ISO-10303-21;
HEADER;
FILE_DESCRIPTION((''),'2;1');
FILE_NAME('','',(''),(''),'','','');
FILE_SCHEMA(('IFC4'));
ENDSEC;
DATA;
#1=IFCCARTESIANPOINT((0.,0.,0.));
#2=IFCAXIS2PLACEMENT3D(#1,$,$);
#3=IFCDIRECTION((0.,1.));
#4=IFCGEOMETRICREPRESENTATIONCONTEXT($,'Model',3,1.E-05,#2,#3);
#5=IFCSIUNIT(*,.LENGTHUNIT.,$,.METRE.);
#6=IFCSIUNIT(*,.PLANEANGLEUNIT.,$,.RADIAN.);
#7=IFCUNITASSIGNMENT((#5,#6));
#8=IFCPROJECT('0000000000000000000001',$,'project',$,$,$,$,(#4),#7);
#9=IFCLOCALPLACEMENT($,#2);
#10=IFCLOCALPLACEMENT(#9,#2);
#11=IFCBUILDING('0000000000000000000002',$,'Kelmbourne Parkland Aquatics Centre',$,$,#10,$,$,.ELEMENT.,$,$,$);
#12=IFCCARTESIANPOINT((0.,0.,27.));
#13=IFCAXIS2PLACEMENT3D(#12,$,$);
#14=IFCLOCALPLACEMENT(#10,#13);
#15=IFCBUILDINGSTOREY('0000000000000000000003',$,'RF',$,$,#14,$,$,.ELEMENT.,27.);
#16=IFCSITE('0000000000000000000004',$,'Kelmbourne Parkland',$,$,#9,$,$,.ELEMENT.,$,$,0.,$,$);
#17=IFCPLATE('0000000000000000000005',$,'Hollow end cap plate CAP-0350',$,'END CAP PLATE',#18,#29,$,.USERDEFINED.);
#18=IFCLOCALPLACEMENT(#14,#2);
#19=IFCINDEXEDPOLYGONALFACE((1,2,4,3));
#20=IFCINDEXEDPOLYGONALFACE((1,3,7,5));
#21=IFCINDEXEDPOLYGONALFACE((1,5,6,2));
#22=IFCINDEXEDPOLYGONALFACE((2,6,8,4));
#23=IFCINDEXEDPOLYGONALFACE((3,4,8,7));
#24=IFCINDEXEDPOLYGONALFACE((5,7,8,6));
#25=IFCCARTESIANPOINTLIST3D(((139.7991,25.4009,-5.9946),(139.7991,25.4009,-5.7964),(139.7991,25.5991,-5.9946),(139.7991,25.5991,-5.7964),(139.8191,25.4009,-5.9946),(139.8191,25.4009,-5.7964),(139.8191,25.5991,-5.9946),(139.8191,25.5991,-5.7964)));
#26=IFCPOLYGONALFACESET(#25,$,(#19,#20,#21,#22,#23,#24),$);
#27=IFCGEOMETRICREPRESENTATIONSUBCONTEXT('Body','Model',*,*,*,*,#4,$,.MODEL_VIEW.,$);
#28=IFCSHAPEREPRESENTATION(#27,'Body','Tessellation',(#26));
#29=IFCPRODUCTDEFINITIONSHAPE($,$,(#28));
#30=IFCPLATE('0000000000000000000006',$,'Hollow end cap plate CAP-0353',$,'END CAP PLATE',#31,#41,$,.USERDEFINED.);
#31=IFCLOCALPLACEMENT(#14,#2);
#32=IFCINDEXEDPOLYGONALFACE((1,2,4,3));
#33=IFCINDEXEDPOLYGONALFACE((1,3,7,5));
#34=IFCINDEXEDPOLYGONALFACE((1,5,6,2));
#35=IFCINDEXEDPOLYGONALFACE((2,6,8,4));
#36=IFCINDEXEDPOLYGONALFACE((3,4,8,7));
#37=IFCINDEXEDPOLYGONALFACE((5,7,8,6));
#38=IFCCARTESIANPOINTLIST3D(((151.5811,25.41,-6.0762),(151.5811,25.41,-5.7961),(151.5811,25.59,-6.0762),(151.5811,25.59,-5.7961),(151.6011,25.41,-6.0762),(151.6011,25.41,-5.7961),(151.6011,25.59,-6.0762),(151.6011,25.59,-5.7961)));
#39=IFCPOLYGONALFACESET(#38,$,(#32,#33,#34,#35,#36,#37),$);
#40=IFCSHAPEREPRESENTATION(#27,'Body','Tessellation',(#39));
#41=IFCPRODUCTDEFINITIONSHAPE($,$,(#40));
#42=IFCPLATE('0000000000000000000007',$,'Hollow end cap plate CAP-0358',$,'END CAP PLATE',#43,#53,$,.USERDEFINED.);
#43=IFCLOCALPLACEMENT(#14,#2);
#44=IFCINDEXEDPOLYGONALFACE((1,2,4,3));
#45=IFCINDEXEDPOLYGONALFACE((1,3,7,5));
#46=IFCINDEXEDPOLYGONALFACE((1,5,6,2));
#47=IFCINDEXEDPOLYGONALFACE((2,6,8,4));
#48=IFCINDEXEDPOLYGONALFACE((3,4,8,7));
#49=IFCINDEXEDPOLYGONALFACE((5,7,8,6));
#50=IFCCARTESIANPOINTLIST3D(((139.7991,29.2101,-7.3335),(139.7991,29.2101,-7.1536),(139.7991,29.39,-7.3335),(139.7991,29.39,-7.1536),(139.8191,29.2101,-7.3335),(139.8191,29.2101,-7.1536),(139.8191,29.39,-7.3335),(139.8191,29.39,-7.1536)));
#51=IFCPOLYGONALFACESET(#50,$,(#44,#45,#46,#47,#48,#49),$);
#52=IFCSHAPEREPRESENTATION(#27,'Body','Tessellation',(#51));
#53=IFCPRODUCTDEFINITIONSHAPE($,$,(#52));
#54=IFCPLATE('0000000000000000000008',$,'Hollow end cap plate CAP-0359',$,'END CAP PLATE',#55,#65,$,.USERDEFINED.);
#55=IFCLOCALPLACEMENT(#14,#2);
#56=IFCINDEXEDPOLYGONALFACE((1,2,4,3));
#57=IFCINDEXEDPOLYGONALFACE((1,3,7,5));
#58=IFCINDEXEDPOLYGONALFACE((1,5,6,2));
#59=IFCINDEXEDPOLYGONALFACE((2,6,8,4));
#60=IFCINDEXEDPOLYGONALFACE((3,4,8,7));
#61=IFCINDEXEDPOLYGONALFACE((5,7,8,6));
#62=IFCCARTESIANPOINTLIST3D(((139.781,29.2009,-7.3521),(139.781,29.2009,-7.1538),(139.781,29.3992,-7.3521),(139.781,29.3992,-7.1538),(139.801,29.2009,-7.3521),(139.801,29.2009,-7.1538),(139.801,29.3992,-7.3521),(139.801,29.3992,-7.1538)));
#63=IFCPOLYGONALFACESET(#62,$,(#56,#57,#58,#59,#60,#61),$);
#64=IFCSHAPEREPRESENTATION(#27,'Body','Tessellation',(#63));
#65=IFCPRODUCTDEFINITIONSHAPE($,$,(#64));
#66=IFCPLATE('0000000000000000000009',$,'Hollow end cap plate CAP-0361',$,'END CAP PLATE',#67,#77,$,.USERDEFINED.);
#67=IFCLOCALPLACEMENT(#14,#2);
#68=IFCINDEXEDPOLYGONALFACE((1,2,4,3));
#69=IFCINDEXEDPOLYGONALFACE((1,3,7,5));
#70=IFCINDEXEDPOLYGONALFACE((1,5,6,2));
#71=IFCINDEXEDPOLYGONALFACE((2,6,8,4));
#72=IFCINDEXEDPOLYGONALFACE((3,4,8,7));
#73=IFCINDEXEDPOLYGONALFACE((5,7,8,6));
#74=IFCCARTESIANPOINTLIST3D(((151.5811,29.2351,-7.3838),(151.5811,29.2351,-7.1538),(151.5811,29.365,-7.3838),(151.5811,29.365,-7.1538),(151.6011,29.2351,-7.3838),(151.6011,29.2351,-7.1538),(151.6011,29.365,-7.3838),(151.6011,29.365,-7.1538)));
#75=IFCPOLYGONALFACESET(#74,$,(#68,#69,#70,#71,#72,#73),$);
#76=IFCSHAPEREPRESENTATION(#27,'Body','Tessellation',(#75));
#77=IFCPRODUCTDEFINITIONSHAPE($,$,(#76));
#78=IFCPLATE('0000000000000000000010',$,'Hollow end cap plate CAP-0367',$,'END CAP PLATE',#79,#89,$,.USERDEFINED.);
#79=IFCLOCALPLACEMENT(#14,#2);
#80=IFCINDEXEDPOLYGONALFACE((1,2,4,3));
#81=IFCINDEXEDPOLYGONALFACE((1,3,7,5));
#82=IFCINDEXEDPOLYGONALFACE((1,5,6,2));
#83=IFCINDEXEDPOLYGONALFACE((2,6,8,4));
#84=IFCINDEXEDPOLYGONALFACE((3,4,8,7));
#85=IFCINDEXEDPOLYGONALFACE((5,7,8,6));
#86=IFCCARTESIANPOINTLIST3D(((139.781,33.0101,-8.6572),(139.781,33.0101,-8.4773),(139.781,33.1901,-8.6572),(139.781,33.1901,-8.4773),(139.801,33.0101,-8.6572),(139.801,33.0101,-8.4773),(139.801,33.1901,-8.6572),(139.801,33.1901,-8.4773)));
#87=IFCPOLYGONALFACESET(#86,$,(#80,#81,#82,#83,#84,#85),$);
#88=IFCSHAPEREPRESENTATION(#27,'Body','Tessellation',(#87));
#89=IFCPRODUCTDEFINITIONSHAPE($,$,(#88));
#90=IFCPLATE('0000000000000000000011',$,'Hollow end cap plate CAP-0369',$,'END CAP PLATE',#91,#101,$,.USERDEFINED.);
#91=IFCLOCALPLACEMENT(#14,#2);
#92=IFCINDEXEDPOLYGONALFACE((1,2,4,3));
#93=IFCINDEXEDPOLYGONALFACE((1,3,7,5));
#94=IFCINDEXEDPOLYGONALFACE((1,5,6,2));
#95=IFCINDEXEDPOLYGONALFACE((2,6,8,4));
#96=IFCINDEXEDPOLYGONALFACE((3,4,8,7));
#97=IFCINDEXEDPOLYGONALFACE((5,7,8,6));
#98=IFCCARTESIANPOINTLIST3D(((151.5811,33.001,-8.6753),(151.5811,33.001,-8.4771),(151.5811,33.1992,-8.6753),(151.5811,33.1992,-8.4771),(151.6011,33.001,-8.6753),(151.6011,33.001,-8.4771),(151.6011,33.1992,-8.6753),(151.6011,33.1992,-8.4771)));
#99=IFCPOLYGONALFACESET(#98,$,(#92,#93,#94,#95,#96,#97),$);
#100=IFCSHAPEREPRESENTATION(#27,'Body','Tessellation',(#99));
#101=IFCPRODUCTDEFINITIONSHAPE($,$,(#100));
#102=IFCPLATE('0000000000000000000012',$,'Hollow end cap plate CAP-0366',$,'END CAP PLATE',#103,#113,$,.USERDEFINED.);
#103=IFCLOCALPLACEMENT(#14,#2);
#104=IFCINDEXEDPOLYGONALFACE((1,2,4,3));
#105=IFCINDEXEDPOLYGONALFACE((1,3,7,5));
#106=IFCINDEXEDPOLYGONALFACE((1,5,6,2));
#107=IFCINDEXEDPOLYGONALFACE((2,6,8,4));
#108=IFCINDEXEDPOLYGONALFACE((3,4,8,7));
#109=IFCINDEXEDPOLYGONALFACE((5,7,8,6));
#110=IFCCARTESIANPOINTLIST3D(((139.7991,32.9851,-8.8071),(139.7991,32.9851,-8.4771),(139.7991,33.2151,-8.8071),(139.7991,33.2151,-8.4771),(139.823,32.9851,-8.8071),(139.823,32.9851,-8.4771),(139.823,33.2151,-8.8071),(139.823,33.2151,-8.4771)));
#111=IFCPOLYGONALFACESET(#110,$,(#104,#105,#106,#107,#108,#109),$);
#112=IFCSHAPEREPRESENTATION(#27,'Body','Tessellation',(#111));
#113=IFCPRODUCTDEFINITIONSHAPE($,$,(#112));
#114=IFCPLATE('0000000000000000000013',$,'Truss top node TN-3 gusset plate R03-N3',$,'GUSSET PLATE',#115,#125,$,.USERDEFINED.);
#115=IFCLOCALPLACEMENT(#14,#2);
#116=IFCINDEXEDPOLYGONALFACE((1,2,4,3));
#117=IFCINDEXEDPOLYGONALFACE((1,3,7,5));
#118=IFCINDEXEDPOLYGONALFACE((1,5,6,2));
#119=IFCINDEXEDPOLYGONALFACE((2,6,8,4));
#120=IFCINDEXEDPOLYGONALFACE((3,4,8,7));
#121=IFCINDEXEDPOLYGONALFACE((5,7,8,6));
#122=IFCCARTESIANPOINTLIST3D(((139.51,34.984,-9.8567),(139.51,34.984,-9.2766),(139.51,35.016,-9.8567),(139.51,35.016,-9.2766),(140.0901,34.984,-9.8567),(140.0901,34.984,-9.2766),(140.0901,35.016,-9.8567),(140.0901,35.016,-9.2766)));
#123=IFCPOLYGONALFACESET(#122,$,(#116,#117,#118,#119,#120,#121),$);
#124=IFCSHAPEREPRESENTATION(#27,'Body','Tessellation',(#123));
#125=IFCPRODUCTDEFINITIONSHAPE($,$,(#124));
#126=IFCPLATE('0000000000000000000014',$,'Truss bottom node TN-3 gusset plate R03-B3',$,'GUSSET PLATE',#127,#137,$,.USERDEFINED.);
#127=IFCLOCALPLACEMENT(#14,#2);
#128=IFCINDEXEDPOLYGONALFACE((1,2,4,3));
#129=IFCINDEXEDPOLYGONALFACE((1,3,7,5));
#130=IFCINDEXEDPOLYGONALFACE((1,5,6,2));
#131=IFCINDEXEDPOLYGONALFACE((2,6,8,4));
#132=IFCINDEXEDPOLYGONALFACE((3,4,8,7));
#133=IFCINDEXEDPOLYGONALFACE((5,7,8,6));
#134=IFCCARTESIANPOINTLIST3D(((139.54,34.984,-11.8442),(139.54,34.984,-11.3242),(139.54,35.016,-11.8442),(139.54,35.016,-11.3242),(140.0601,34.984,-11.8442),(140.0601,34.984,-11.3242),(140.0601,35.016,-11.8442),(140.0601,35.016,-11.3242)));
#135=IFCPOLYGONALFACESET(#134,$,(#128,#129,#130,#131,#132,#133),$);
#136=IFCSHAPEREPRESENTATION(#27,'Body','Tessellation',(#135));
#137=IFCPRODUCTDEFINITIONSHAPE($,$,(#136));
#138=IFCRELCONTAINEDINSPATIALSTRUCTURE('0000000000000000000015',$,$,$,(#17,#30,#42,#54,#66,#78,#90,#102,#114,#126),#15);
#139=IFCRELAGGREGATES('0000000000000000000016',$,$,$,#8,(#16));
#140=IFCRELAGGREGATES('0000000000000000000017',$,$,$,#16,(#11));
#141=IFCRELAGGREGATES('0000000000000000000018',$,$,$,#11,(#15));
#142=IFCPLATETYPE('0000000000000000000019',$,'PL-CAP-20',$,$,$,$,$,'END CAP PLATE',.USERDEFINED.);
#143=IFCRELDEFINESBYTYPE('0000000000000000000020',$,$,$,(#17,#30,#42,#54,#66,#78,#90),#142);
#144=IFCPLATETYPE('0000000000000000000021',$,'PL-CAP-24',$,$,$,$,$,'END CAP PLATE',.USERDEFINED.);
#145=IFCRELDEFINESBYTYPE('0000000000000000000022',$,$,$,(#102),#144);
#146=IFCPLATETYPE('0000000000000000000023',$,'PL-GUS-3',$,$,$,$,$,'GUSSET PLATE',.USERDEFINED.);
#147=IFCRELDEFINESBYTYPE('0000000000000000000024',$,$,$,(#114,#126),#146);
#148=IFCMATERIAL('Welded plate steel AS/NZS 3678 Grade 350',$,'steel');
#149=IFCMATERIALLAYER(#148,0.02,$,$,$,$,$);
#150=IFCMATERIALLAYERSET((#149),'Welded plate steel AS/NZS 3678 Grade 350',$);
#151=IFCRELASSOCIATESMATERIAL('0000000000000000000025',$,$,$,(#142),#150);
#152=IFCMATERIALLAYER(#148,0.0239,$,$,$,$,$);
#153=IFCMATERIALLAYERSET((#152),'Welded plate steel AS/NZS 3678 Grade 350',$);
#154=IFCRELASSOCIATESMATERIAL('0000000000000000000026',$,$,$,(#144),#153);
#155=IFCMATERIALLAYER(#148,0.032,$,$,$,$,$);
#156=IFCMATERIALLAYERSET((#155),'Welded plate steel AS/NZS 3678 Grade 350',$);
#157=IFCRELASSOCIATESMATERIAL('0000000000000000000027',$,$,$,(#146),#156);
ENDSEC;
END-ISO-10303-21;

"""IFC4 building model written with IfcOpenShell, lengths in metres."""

from ifc_helpers import new_model, si_unit, direction, frame, origin, origin_2d, place, context, subcontext, project, spatial, rectangle, extrude, material, layer, layer_set, type_object, element, save


model = new_model("IFC4")

# Units and contexts
model_context = context("Model", 3, precision=1e-05, world=origin(), true_north=direction((0.0, 1.0)))
body_context = subcontext(model_context, "Body", "Model", "MODEL_VIEW")
ifc_project = project(units=[si_unit("LENGTHUNIT", "METRE"), si_unit("PLANEANGLEUNIT", "RADIAN")], contexts=[model_context])

# Site, building, storey
site_placement = place(None, origin())
site = spatial("IfcSite", under=ifc_project, at=site_placement, Name="Kelmbourne Parkland", CompositionType="ELEMENT", RefElevation=0.0)
building_placement = place(site_placement, origin())
building = spatial("IfcBuilding", under=site, at=building_placement, Name="Kelmbourne Parkland Aquatics Centre", CompositionType="ELEMENT")
storey_placement = place(building_placement, frame((0.0, 0.0, 27.0)))
storey = spatial("IfcBuildingStorey", under=building, at=storey_placement, Name="RF", CompositionType="ELEMENT", Elevation=27.0)

# Shared definitions
ifc_material_1 = material(Name="Welded plate steel AS/NZS 3678 Grade 350", Category="steel")

# Plates
ifc_layer_1 = layer(ifc_material_1, 0.02)
ifc_layer_set_1 = layer_set([ifc_layer_1], Name="Welded plate steel AS/NZS 3678 Grade 350")
plate_type_1 = type_object("IfcPlateType", Name="PL-CAP-20", ElementType="END CAP PLATE", PredefinedType="USERDEFINED", material=ifc_layer_set_1)
plate_1_placement = place(storey_placement, frame((139.8091, 25.5, -5.9946), z_axis=(0.0, 0.0, 1.0), x_axis=(1.0, 0.0, 0.0)))
element("IfcPlate", 1, at=plate_1_placement, inside=storey, type_object=plate_type_1, Name="Hollow end cap plate CAP-0350", ObjectType="END CAP PLATE", PredefinedType="USERDEFINED", context=body_context, shape_type="SweptSolid", body=[
    extrude(rectangle(XDim=0.02, YDim=0.1982, at=origin_2d()), origin(), (0.0, 0.0, 1.0), 0.1982),
])
plate_2_placement = place(storey_placement, frame((151.5911, 25.5, -6.0762), z_axis=(0.0, 0.0, 1.0), x_axis=(-1.0, 0.0, 0.0)))
element("IfcPlate", 2, at=plate_2_placement, inside=storey, type_object=plate_type_1, Name="Hollow end cap plate CAP-0353", ObjectType="END CAP PLATE", PredefinedType="USERDEFINED", context=body_context, shape_type="SweptSolid", body=[
    extrude(rectangle(XDim=0.02, YDim=0.1799, at=origin_2d()), origin(), (0.0, 0.0, 1.0), 0.28),
])
plate_3_placement = place(storey_placement, frame((139.8091, 29.3, -7.3335), z_axis=(0.0, 0.0, 1.0), x_axis=(1.0, 0.0, 0.0)))
element("IfcPlate", 3, at=plate_3_placement, inside=storey, type_object=plate_type_1, Name="Hollow end cap plate CAP-0358", ObjectType="END CAP PLATE", PredefinedType="USERDEFINED", context=body_context, shape_type="SweptSolid", body=[
    extrude(rectangle(XDim=0.02, YDim=0.1799, at=origin_2d()), origin(), (0.0, 0.0, 1.0), 0.1799),
])
plate_4_placement = place(storey_placement, frame((139.791, 29.3, -7.3521), z_axis=(0.0, 0.0, 1.0), x_axis=(-1.0, 0.0, 0.0)))
element("IfcPlate", 4, at=plate_4_placement, inside=storey, type_object=plate_type_1, Name="Hollow end cap plate CAP-0359", ObjectType="END CAP PLATE", PredefinedType="USERDEFINED", context=body_context, shape_type="SweptSolid", body=[
    extrude(rectangle(XDim=0.02, YDim=0.1982, at=origin_2d()), origin(), (0.0, 0.0, 1.0), 0.1982),
])
plate_5_placement = place(storey_placement, frame((151.5911, 29.3, -7.3838), z_axis=(0.0, 0.0, 1.0), x_axis=(-1.0, 0.0, 0.0)))
element("IfcPlate", 5, at=plate_5_placement, inside=storey, type_object=plate_type_1, Name="Hollow end cap plate CAP-0361", ObjectType="END CAP PLATE", PredefinedType="USERDEFINED", context=body_context, shape_type="SweptSolid", body=[
    extrude(rectangle(XDim=0.02, YDim=0.1299, at=origin_2d()), origin(), (0.0, 0.0, 1.0), 0.23),
])
plate_6_placement = place(storey_placement, frame((139.791, 33.1001, -8.6572), z_axis=(0.0, 0.0, 1.0), x_axis=(-1.0, 0.0, 0.0)))
element("IfcPlate", 6, at=plate_6_placement, inside=storey, type_object=plate_type_1, Name="Hollow end cap plate CAP-0367", ObjectType="END CAP PLATE", PredefinedType="USERDEFINED", context=body_context, shape_type="SweptSolid", body=[
    extrude(rectangle(XDim=0.02, YDim=0.1799, at=origin_2d()), origin(), (0.0, 0.0, 1.0), 0.1799),
])
plate_7_placement = place(storey_placement, frame((151.5911, 33.1001, -8.6753), z_axis=(0.0, 0.0, 1.0), x_axis=(-1.0, 0.0, 0.0)))
element("IfcPlate", 7, at=plate_7_placement, inside=storey, type_object=plate_type_1, Name="Hollow end cap plate CAP-0369", ObjectType="END CAP PLATE", PredefinedType="USERDEFINED", context=body_context, shape_type="SweptSolid", body=[
    extrude(rectangle(XDim=0.02, YDim=0.1982, at=origin_2d()), origin(), (0.0, 0.0, 1.0), 0.1982),
])
ifc_layer_2 = layer(ifc_material_1, 0.0239)
ifc_layer_set_2 = layer_set([ifc_layer_2], Name="Welded plate steel AS/NZS 3678 Grade 350")
plate_type_2 = type_object("IfcPlateType", Name="PL-CAP-24", ElementType="END CAP PLATE", PredefinedType="USERDEFINED", material=ifc_layer_set_2)
plate_8_placement = place(storey_placement, frame((139.811, 33.1001, -8.8071), z_axis=(0.0, 0.0, 1.0), x_axis=(1.0, 0.0, 0.0)))
element("IfcPlate", 8, at=plate_8_placement, inside=storey, type_object=plate_type_2, Name="Hollow end cap plate CAP-0366", ObjectType="END CAP PLATE", PredefinedType="USERDEFINED", context=body_context, shape_type="SweptSolid", body=[
    extrude(rectangle(XDim=0.0239, YDim=0.23, at=origin_2d()), origin(), (0.0, 0.0, 1.0), 0.3301),
])
ifc_layer_3 = layer(ifc_material_1, 0.032)
ifc_layer_set_3 = layer_set([ifc_layer_3], Name="Welded plate steel AS/NZS 3678 Grade 350")
plate_type_3 = type_object("IfcPlateType", Name="PL-GUS-3", ElementType="GUSSET PLATE", PredefinedType="USERDEFINED", material=ifc_layer_set_3)
plate_9_placement = place(storey_placement, frame((139.8, 35.0, -9.8567), z_axis=(0.0, 0.0, 1.0), x_axis=(1.0, 0.0, 0.0)))
element("IfcPlate", 9, at=plate_9_placement, inside=storey, type_object=plate_type_3, Name="Truss top node TN-3 gusset plate R03-N3", ObjectType="GUSSET PLATE", PredefinedType="USERDEFINED", context=body_context, shape_type="SweptSolid", body=[
    extrude(rectangle(XDim=0.5801, YDim=0.032, at=origin_2d()), origin(), (0.0, 0.0, 1.0), 0.5801),
])
plate_10_placement = place(storey_placement, frame((139.8, 35.0, -11.8442), z_axis=(0.0, 0.0, 1.0), x_axis=(1.0, 0.0, 0.0)))
element("IfcPlate", 10, at=plate_10_placement, inside=storey, type_object=plate_type_3, Name="Truss bottom node TN-3 gusset plate R03-B3", ObjectType="GUSSET PLATE", PredefinedType="USERDEFINED", context=body_context, shape_type="SweptSolid", body=[
    extrude(rectangle(XDim=0.52, YDim=0.032, at=origin_2d()), origin(), (0.0, 0.0, 1.0), 0.52),
])

save(model, "model.ifc")
